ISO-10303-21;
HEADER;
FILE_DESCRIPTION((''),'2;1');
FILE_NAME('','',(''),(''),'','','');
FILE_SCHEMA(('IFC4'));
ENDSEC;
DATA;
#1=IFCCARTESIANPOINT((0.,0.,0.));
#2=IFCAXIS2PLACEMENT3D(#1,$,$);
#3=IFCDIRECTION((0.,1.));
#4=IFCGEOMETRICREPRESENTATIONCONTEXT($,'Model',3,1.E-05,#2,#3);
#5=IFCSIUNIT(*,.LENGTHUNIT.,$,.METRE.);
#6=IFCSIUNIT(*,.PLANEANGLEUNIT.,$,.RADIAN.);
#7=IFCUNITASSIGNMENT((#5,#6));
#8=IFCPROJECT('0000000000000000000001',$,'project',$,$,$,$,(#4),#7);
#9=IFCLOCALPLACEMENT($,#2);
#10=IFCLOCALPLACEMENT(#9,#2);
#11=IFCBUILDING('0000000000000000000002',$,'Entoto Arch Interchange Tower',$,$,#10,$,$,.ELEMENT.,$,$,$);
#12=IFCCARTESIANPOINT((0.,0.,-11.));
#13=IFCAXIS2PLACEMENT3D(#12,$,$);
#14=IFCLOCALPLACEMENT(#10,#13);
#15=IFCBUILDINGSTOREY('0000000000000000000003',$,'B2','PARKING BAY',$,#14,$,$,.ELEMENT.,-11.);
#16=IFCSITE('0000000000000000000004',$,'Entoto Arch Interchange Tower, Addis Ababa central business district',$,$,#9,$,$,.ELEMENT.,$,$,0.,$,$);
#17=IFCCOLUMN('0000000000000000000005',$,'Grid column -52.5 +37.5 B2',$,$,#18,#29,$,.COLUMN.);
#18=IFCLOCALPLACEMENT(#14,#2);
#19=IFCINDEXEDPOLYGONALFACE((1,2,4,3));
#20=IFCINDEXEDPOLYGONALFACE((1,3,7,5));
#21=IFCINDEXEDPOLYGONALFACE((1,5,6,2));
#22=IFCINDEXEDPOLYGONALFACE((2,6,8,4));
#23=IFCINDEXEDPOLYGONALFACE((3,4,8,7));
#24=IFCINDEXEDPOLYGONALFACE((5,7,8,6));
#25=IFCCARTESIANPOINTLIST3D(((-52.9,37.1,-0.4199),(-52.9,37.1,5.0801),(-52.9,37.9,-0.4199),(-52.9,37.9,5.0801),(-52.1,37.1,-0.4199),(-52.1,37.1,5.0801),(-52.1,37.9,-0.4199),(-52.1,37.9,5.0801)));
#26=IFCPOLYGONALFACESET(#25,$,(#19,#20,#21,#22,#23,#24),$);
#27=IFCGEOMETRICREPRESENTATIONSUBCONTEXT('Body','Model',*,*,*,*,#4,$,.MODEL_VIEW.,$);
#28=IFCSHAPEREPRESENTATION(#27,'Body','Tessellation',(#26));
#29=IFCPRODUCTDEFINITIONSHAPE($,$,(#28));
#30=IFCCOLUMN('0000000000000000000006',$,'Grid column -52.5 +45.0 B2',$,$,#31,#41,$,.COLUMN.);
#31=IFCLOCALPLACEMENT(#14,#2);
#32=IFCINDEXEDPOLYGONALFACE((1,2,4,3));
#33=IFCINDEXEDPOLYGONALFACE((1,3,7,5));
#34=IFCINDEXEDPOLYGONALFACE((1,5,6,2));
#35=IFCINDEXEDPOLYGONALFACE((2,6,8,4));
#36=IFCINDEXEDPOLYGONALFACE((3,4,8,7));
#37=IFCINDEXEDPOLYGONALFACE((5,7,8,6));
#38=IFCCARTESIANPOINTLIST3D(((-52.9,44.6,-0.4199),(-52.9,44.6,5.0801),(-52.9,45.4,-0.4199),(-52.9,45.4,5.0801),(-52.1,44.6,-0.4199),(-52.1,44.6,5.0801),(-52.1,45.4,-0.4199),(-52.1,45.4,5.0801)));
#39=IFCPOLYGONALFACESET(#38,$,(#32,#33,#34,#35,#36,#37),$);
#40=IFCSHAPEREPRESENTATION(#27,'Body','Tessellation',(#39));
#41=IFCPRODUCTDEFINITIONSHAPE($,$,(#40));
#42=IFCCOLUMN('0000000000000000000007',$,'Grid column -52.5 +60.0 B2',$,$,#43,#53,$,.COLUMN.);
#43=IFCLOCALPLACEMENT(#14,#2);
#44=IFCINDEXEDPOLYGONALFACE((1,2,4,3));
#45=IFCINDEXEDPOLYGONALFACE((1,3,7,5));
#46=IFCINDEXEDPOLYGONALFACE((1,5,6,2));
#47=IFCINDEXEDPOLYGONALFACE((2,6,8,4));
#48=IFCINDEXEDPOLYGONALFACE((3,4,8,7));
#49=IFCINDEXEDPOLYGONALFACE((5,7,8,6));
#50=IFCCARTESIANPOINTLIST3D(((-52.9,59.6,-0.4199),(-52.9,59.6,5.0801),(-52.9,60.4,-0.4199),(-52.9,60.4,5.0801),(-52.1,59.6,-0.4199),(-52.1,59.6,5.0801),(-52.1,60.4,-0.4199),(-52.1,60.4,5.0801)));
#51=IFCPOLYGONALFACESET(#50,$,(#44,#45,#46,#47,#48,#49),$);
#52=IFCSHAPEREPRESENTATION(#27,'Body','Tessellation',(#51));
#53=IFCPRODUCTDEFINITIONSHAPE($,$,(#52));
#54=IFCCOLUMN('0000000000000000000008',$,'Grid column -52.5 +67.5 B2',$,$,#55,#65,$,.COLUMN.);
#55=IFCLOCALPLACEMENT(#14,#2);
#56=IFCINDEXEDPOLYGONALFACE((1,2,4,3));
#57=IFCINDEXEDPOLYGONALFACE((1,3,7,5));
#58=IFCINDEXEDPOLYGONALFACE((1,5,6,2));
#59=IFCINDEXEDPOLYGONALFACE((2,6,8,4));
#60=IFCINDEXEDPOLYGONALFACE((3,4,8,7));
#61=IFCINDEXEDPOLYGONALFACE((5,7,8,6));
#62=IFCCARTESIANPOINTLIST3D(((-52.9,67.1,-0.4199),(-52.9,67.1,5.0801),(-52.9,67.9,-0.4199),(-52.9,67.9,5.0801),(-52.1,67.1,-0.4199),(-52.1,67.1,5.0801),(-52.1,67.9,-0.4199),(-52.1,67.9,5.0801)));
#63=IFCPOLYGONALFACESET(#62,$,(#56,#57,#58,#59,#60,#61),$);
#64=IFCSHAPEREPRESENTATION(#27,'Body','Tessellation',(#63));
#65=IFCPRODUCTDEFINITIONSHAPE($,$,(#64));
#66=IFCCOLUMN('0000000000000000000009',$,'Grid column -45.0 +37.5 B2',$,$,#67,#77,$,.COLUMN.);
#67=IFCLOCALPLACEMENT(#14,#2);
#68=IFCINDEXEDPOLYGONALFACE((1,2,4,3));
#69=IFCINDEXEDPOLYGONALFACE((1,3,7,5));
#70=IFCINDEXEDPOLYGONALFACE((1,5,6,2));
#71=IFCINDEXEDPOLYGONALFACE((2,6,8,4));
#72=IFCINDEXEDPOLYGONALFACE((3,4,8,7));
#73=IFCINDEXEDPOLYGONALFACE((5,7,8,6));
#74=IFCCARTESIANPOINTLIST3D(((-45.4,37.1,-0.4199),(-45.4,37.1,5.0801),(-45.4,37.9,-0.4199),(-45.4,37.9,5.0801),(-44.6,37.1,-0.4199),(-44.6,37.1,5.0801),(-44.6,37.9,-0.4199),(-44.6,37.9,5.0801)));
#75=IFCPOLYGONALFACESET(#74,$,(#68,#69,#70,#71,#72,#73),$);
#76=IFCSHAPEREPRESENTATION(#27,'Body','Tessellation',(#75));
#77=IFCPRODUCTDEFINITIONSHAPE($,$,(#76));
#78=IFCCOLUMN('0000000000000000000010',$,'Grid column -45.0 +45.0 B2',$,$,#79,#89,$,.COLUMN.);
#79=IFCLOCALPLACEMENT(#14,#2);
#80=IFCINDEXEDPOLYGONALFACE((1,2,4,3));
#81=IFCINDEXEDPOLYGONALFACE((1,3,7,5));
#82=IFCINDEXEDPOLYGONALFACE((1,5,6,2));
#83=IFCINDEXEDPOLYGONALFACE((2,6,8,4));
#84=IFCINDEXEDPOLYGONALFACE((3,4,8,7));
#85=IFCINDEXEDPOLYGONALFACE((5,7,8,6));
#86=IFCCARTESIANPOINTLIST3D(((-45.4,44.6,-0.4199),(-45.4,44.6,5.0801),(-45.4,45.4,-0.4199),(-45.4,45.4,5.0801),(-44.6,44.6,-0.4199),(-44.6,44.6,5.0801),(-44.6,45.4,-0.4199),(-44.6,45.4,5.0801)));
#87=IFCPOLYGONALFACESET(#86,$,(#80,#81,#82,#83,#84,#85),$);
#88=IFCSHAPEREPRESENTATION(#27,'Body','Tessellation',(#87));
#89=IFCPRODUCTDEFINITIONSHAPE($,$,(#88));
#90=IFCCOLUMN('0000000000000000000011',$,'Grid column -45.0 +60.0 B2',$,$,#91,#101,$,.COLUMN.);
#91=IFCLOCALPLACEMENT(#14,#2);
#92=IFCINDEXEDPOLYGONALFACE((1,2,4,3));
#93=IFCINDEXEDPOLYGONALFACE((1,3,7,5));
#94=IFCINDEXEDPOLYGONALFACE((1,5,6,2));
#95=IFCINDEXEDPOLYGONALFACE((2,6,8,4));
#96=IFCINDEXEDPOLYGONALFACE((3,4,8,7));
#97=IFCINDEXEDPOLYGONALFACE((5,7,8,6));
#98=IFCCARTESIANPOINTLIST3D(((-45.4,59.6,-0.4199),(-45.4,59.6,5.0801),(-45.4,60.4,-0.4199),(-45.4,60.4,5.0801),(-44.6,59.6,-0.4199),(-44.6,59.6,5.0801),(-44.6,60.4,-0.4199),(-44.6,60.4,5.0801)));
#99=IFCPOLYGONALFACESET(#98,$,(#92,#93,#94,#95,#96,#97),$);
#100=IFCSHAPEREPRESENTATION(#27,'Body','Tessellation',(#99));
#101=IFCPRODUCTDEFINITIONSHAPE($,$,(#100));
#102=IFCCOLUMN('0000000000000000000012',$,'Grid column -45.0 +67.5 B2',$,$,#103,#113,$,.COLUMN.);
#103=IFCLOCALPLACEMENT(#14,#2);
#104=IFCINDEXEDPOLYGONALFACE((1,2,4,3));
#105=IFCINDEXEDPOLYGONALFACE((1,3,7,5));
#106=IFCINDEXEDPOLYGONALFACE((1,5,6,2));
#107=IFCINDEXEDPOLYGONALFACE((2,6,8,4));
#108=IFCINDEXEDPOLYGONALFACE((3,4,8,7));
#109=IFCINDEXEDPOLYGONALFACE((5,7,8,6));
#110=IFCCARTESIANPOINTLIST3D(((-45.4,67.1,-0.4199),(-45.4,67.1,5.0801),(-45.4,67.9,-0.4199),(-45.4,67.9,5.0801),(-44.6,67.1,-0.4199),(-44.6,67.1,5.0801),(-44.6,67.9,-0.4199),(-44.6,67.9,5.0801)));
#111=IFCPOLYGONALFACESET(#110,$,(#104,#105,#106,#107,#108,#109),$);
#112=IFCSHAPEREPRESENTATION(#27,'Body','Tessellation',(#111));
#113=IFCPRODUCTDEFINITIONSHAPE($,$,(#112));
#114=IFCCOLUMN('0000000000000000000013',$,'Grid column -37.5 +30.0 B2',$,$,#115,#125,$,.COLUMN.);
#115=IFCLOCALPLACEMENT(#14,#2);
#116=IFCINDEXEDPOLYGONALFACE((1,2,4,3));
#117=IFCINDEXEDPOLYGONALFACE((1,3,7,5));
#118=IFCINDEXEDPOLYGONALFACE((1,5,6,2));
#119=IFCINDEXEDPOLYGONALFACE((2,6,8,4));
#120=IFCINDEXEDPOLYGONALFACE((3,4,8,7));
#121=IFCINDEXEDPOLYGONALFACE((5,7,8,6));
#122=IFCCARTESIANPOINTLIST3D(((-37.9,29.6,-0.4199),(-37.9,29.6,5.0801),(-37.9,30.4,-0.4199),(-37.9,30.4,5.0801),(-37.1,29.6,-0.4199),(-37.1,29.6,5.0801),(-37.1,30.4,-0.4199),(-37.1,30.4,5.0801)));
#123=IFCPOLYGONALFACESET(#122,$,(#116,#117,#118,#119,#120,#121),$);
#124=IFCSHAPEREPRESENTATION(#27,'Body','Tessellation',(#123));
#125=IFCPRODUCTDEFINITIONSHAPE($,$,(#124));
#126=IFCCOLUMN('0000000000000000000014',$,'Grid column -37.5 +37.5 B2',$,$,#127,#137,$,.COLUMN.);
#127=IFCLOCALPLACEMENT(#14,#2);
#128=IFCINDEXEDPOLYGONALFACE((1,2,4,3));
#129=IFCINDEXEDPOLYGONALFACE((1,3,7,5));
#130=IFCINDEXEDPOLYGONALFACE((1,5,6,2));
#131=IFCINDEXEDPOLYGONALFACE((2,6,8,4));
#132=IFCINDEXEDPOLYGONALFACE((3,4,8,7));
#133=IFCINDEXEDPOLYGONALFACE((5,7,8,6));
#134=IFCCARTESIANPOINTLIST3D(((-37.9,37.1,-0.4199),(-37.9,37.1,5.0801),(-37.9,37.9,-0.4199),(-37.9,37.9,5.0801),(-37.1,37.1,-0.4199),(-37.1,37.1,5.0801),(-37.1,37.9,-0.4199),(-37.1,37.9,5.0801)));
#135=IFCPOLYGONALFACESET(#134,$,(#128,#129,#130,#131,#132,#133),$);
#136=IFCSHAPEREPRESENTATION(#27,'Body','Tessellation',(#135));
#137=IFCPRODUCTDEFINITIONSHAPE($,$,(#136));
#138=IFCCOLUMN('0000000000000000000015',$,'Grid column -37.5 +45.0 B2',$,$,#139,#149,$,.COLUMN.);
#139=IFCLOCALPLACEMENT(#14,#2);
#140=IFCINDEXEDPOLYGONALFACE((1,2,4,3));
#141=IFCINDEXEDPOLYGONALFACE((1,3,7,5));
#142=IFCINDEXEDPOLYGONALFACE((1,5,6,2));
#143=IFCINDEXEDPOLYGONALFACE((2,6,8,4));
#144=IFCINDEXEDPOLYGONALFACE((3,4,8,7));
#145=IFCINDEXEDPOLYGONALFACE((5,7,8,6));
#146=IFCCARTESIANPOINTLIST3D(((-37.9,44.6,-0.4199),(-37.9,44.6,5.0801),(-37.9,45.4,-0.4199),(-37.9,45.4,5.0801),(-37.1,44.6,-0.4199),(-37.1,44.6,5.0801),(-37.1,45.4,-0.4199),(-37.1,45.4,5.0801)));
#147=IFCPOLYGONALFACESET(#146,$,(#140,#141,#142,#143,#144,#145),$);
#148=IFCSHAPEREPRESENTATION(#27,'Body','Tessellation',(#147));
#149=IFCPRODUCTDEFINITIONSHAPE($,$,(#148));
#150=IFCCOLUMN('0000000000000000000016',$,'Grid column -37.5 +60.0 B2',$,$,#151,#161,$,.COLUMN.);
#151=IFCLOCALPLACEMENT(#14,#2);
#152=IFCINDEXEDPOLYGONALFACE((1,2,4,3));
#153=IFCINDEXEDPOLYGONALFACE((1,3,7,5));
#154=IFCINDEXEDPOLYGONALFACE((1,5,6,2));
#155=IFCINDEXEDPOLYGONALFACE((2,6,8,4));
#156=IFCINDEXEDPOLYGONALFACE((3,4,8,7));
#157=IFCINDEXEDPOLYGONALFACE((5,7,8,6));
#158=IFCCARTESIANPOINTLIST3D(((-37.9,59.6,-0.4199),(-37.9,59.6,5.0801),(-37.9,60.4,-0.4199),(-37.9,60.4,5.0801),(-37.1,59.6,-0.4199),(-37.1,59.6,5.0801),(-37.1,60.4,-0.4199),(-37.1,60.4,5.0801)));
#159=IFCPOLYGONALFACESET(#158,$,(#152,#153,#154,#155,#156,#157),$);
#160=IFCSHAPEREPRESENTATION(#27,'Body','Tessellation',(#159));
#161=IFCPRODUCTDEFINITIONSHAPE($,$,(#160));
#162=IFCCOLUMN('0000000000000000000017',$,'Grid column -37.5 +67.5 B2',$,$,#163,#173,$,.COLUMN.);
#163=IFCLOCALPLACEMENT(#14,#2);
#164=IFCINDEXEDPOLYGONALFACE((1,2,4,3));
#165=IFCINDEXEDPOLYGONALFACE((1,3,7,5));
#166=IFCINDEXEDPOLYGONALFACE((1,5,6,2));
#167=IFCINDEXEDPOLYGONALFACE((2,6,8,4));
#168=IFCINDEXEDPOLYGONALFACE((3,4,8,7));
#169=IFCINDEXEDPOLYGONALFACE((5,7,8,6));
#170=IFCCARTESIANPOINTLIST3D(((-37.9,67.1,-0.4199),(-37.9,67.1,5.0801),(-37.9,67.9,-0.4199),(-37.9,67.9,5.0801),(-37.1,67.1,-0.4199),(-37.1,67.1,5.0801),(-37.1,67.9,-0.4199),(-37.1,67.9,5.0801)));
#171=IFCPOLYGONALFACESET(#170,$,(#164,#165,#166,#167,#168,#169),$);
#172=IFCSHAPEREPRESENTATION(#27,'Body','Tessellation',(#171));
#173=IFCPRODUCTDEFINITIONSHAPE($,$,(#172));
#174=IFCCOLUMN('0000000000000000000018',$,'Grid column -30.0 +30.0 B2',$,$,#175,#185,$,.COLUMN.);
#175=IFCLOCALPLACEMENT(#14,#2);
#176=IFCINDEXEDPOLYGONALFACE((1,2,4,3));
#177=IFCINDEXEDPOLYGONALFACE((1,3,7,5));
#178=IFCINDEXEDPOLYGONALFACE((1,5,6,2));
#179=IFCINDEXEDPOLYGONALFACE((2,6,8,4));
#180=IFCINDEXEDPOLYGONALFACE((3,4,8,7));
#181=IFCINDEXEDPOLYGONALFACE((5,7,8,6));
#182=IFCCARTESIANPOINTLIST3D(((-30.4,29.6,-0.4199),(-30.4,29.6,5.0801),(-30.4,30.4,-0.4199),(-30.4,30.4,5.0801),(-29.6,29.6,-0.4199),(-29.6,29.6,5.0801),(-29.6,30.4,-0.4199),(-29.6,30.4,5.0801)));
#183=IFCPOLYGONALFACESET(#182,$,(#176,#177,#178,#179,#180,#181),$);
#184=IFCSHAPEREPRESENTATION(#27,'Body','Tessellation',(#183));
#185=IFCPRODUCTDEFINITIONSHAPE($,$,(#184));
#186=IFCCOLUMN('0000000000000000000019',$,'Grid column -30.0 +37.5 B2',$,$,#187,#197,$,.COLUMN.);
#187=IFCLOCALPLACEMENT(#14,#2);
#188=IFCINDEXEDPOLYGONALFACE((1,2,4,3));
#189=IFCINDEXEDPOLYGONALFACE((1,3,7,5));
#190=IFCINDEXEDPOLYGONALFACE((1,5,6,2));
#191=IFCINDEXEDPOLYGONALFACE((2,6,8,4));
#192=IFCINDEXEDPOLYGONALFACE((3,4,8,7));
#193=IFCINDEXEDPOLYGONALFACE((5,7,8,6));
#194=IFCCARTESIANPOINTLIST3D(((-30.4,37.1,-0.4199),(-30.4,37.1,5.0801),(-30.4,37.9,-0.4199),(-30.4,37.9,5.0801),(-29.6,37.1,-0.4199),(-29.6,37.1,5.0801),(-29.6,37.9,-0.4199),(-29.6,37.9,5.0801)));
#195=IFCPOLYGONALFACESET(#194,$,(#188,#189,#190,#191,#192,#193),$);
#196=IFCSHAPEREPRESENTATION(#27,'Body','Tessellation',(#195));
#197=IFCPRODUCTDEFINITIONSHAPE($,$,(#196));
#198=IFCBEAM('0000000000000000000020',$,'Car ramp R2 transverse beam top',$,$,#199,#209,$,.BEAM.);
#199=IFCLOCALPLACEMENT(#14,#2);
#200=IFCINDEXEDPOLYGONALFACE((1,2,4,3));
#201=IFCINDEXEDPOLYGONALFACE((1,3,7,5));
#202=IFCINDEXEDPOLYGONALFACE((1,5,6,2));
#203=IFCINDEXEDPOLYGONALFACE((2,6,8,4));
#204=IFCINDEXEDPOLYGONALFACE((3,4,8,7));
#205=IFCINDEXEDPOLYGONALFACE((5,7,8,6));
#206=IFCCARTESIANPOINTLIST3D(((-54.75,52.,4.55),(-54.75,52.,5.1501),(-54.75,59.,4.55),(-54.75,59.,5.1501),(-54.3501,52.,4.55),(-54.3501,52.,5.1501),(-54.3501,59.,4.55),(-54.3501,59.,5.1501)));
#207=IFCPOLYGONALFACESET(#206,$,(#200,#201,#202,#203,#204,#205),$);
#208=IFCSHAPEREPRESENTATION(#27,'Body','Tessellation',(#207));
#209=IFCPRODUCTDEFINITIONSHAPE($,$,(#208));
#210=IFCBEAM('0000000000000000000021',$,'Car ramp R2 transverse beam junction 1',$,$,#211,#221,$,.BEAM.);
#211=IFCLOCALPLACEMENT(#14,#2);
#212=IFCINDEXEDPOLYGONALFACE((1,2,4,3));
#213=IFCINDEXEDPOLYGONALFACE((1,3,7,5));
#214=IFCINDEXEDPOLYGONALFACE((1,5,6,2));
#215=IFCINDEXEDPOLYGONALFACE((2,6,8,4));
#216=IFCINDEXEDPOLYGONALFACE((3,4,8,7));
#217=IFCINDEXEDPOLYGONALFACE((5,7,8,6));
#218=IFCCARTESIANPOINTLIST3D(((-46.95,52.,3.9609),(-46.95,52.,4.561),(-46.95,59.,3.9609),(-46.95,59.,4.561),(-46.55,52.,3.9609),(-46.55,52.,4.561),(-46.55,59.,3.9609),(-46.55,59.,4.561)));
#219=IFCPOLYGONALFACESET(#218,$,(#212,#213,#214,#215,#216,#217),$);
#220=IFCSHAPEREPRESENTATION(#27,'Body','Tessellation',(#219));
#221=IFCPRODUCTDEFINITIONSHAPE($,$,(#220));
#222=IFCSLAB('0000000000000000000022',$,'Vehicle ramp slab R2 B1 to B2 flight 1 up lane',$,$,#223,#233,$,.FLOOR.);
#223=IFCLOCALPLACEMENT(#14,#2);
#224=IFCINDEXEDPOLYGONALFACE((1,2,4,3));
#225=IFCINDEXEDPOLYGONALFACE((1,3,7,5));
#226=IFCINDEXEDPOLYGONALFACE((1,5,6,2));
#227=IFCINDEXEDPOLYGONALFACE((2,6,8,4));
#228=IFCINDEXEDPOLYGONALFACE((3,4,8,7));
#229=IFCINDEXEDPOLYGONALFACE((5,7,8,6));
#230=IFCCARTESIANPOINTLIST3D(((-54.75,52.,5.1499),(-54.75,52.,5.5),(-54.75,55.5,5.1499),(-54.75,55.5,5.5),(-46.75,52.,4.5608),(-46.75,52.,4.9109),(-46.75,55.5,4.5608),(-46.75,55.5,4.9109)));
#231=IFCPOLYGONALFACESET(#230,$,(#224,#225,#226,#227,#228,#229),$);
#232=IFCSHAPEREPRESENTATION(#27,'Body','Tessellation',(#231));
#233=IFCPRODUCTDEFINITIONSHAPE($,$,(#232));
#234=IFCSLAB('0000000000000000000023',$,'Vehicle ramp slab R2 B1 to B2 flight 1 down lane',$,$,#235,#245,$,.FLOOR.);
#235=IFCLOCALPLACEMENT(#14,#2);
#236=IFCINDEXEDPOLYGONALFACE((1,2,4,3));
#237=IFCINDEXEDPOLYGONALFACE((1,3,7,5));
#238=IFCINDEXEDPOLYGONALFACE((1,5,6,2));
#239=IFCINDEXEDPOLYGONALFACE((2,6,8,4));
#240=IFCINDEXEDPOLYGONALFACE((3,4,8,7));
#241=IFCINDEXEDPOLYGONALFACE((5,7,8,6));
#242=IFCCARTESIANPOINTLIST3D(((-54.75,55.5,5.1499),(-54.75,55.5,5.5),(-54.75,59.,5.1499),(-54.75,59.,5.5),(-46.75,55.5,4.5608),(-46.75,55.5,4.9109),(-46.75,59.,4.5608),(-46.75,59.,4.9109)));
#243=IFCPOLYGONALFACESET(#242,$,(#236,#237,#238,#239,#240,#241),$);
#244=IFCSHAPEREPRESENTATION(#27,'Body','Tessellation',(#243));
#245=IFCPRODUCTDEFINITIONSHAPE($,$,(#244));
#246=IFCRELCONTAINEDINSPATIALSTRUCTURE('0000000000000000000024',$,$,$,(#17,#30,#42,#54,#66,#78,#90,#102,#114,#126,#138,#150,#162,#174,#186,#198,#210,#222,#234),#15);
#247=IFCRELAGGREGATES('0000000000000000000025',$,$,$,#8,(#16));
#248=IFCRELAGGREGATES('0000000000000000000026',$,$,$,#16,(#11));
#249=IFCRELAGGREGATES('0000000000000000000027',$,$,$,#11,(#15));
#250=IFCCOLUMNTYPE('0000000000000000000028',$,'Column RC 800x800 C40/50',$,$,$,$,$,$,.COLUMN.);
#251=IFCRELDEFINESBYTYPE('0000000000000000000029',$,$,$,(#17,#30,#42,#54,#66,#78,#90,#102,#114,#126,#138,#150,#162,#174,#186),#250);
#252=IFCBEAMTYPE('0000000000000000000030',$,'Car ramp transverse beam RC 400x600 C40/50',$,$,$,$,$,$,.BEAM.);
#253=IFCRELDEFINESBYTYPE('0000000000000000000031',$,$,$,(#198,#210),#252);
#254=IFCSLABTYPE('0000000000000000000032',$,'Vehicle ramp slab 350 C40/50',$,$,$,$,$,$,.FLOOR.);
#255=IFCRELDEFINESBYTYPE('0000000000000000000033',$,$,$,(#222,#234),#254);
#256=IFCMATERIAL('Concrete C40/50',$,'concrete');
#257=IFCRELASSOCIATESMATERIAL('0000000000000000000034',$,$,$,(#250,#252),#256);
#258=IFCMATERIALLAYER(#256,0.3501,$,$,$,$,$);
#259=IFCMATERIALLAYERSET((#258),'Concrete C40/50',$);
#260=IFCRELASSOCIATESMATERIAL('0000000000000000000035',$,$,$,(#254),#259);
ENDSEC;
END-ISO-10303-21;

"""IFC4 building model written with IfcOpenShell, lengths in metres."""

from ifc_helpers import new_model, si_unit, direction, frame, origin, origin_2d, place, context, subcontext, project, spatial, polyline, rectangle, outline, extrude, material, layer, layer_set, material_profile, profile_set, type_object, element, save


model = new_model("IFC4")

# Units and contexts
model_context = context("Model", 3, precision=1e-05, world=origin(), true_north=direction((0.0, 1.0)))
body_context = subcontext(model_context, "Body", "Model", "MODEL_VIEW")
ifc_project = project(units=[si_unit("LENGTHUNIT", "METRE"), si_unit("PLANEANGLEUNIT", "RADIAN")], contexts=[model_context])

# Site, building, storey
site_placement = place(None, origin())
site = spatial("IfcSite", under=ifc_project, at=site_placement, Name="Entoto Arch Interchange Tower, Addis Ababa central business district", CompositionType="ELEMENT", RefElevation=0.0)
building_placement = place(site_placement, origin())
building = spatial("IfcBuilding", under=site, at=building_placement, Name="Entoto Arch Interchange Tower", CompositionType="ELEMENT")
storey_placement = place(building_placement, frame((0.0, 0.0, -11.0)))
storey = spatial("IfcBuildingStorey", under=building, at=storey_placement, Name="B2", Description="PARKING BAY", CompositionType="ELEMENT", Elevation=-11.0)

# Columns
ifc_material = material(Name="Concrete C40/50", Category="concrete")
ifc_material_profile_1 = material_profile(ifc_material, rectangle(XDim=0.8, YDim=0.8, at=origin_2d()))
ifc_profile_set_1 = profile_set([ifc_material_profile_1], Name="Concrete C40/50")
column_type = type_object("IfcColumnType", Name="Column RC 800x800 C40/50", PredefinedType="COLUMN", material=ifc_profile_set_1)
for number, where, z_axis, x_axis, name in (
    (1, (-52.5, 37.5, -0.4199), (0.0, 0.0, 1.0), (1.0, 0.0, 0.0), "Grid column -52.5 +37.5 B2"),
    (2, (-52.5, 45.0, -0.4199), (0.0, 0.0, 1.0), (1.0, 0.0, 0.0), "Grid column -52.5 +45.0 B2"),
    (3, (-52.5, 60.0, -0.4199), (0.0, 0.0, 1.0), (1.0, 0.0, 0.0), "Grid column -52.5 +60.0 B2"),
    (4, (-52.5, 67.5, -0.4199), (0.0, 0.0, 1.0), (1.0, 0.0, 0.0), "Grid column -52.5 +67.5 B2"),
    (5, (-45.0, 37.5, -0.4199), (0.0, 0.0, 1.0), (1.0, 0.0, 0.0), "Grid column -45.0 +37.5 B2"),
    (6, (-45.0, 45.0, -0.4199), (0.0, 0.0, 1.0), (1.0, 0.0, 0.0), "Grid column -45.0 +45.0 B2"),
    (7, (-45.0, 60.0, -0.4199), (0.0, 0.0, 1.0), (1.0, 0.0, 0.0), "Grid column -45.0 +60.0 B2"),
    (8, (-45.0, 67.5, -0.4199), (0.0, 0.0, 1.0), (1.0, 0.0, 0.0), "Grid column -45.0 +67.5 B2"),
    (9, (-37.5, 30.0, -0.4199), (0.0, 0.0, 1.0), (1.0, 0.0, 0.0), "Grid column -37.5 +30.0 B2"),
    (10, (-37.5, 37.5, -0.4199), (0.0, 0.0, 1.0), (1.0, 0.0, 0.0), "Grid column -37.5 +37.5 B2"),
    (11, (-37.5, 45.0, -0.4199), (0.0, 0.0, 1.0), (1.0, 0.0, 0.0), "Grid column -37.5 +45.0 B2"),
    (12, (-37.5, 60.0, -0.4199), (0.0, 0.0, 1.0), (1.0, 0.0, 0.0), "Grid column -37.5 +60.0 B2"),
    (13, (-37.5, 67.5, -0.4199), (0.0, 0.0, 1.0), (1.0, 0.0, 0.0), "Grid column -37.5 +67.5 B2"),
    (14, (-30.0, 30.0, -0.4199), (0.0, 0.0, 1.0), (1.0, 0.0, 0.0), "Grid column -30.0 +30.0 B2"),
    (15, (-30.0, 37.5, -0.4199), (0.0, 0.0, 1.0), (1.0, 0.0, 0.0), "Grid column -30.0 +37.5 B2"),
):
    element("IfcColumn", number, at=place(storey_placement, frame(where, z_axis=z_axis, x_axis=x_axis)), inside=storey, type_object=column_type, Name=name, PredefinedType="COLUMN", context=body_context, shape_type="SweptSolid", body=[
        extrude(rectangle(XDim=0.8, YDim=0.8, at=origin_2d()), origin(), (0.0, 0.0, 1.0), 5.5),
    ])

# Beams
ifc_material_profile_2 = material_profile(ifc_material, rectangle(XDim=0.3999, YDim=0.6001, at=origin_2d()))
ifc_profile_set_2 = profile_set([ifc_material_profile_2], Name="Concrete C40/50")
beam_type = type_object("IfcBeamType", Name="Car ramp transverse beam RC 400x600 C40/50", PredefinedType="BEAM", material=ifc_profile_set_2)
for number, where, z_axis, x_axis, name in (
    (16, (-54.55, 52.0, 4.8501), (0.0, 1.0, 0.0), (-1.0, 0.0, 0.0), "Car ramp R2 transverse beam top"),
    (17, (-46.75, 52.0, 4.261), (0.0, 1.0, 0.0), (-1.0, 0.0, 0.0), "Car ramp R2 transverse beam junction 1"),
):
    element("IfcBeam", number, at=place(storey_placement, frame(where, z_axis=z_axis, x_axis=x_axis)), inside=storey, type_object=beam_type, Name=name, PredefinedType="BEAM", context=body_context, shape_type="SweptSolid", body=[
        extrude(rectangle(XDim=0.3999, YDim=0.6001, at=origin_2d()), origin(), (0.0, 0.0, 1.0), 7.0),
    ])

# Slabs
ifc_layer_1 = layer(ifc_material, 0.3501)
ifc_layer_set_1 = layer_set([ifc_layer_1], Name="Concrete C40/50")
slab_type = type_object("IfcSlabType", Name="Vehicle ramp slab 350 C40/50", PredefinedType="FLOOR", material=ifc_layer_set_1)
for number, where, z_axis, x_axis, name in (
    (18, (-54.75, 52.0, 5.5), (0.0, 0.0, 1.0), (1.0, 0.0, 0.0), "Vehicle ramp slab R2 B1 to B2 flight 1 up lane"),
    (19, (-54.75, 55.5, 5.5), (0.0, 0.0, 1.0), (1.0, 0.0, 0.0), "Vehicle ramp slab R2 B1 to B2 flight 1 down lane"),
):
    element("IfcSlab", number, at=place(storey_placement, frame(where, z_axis=z_axis, x_axis=x_axis)), inside=storey, type_object=slab_type, Name=name, PredefinedType="FLOOR", context=body_context, shape_type="SweptSolid", body=[
        extrude(outline(polyline([(0.0, -0.3501), (8.0, -0.9392), (8.0, -0.5891), (0.0, 0.0), (0.0, -0.3501)])), frame((0.0, 3.5, 0.0), z_axis=(0.0, -1.0, 0.0), x_axis=(1.0, 0.0, 0.0)), (0.0, 0.0, 1.0), 3.5),
    ])

save(model, "model.ifc")
